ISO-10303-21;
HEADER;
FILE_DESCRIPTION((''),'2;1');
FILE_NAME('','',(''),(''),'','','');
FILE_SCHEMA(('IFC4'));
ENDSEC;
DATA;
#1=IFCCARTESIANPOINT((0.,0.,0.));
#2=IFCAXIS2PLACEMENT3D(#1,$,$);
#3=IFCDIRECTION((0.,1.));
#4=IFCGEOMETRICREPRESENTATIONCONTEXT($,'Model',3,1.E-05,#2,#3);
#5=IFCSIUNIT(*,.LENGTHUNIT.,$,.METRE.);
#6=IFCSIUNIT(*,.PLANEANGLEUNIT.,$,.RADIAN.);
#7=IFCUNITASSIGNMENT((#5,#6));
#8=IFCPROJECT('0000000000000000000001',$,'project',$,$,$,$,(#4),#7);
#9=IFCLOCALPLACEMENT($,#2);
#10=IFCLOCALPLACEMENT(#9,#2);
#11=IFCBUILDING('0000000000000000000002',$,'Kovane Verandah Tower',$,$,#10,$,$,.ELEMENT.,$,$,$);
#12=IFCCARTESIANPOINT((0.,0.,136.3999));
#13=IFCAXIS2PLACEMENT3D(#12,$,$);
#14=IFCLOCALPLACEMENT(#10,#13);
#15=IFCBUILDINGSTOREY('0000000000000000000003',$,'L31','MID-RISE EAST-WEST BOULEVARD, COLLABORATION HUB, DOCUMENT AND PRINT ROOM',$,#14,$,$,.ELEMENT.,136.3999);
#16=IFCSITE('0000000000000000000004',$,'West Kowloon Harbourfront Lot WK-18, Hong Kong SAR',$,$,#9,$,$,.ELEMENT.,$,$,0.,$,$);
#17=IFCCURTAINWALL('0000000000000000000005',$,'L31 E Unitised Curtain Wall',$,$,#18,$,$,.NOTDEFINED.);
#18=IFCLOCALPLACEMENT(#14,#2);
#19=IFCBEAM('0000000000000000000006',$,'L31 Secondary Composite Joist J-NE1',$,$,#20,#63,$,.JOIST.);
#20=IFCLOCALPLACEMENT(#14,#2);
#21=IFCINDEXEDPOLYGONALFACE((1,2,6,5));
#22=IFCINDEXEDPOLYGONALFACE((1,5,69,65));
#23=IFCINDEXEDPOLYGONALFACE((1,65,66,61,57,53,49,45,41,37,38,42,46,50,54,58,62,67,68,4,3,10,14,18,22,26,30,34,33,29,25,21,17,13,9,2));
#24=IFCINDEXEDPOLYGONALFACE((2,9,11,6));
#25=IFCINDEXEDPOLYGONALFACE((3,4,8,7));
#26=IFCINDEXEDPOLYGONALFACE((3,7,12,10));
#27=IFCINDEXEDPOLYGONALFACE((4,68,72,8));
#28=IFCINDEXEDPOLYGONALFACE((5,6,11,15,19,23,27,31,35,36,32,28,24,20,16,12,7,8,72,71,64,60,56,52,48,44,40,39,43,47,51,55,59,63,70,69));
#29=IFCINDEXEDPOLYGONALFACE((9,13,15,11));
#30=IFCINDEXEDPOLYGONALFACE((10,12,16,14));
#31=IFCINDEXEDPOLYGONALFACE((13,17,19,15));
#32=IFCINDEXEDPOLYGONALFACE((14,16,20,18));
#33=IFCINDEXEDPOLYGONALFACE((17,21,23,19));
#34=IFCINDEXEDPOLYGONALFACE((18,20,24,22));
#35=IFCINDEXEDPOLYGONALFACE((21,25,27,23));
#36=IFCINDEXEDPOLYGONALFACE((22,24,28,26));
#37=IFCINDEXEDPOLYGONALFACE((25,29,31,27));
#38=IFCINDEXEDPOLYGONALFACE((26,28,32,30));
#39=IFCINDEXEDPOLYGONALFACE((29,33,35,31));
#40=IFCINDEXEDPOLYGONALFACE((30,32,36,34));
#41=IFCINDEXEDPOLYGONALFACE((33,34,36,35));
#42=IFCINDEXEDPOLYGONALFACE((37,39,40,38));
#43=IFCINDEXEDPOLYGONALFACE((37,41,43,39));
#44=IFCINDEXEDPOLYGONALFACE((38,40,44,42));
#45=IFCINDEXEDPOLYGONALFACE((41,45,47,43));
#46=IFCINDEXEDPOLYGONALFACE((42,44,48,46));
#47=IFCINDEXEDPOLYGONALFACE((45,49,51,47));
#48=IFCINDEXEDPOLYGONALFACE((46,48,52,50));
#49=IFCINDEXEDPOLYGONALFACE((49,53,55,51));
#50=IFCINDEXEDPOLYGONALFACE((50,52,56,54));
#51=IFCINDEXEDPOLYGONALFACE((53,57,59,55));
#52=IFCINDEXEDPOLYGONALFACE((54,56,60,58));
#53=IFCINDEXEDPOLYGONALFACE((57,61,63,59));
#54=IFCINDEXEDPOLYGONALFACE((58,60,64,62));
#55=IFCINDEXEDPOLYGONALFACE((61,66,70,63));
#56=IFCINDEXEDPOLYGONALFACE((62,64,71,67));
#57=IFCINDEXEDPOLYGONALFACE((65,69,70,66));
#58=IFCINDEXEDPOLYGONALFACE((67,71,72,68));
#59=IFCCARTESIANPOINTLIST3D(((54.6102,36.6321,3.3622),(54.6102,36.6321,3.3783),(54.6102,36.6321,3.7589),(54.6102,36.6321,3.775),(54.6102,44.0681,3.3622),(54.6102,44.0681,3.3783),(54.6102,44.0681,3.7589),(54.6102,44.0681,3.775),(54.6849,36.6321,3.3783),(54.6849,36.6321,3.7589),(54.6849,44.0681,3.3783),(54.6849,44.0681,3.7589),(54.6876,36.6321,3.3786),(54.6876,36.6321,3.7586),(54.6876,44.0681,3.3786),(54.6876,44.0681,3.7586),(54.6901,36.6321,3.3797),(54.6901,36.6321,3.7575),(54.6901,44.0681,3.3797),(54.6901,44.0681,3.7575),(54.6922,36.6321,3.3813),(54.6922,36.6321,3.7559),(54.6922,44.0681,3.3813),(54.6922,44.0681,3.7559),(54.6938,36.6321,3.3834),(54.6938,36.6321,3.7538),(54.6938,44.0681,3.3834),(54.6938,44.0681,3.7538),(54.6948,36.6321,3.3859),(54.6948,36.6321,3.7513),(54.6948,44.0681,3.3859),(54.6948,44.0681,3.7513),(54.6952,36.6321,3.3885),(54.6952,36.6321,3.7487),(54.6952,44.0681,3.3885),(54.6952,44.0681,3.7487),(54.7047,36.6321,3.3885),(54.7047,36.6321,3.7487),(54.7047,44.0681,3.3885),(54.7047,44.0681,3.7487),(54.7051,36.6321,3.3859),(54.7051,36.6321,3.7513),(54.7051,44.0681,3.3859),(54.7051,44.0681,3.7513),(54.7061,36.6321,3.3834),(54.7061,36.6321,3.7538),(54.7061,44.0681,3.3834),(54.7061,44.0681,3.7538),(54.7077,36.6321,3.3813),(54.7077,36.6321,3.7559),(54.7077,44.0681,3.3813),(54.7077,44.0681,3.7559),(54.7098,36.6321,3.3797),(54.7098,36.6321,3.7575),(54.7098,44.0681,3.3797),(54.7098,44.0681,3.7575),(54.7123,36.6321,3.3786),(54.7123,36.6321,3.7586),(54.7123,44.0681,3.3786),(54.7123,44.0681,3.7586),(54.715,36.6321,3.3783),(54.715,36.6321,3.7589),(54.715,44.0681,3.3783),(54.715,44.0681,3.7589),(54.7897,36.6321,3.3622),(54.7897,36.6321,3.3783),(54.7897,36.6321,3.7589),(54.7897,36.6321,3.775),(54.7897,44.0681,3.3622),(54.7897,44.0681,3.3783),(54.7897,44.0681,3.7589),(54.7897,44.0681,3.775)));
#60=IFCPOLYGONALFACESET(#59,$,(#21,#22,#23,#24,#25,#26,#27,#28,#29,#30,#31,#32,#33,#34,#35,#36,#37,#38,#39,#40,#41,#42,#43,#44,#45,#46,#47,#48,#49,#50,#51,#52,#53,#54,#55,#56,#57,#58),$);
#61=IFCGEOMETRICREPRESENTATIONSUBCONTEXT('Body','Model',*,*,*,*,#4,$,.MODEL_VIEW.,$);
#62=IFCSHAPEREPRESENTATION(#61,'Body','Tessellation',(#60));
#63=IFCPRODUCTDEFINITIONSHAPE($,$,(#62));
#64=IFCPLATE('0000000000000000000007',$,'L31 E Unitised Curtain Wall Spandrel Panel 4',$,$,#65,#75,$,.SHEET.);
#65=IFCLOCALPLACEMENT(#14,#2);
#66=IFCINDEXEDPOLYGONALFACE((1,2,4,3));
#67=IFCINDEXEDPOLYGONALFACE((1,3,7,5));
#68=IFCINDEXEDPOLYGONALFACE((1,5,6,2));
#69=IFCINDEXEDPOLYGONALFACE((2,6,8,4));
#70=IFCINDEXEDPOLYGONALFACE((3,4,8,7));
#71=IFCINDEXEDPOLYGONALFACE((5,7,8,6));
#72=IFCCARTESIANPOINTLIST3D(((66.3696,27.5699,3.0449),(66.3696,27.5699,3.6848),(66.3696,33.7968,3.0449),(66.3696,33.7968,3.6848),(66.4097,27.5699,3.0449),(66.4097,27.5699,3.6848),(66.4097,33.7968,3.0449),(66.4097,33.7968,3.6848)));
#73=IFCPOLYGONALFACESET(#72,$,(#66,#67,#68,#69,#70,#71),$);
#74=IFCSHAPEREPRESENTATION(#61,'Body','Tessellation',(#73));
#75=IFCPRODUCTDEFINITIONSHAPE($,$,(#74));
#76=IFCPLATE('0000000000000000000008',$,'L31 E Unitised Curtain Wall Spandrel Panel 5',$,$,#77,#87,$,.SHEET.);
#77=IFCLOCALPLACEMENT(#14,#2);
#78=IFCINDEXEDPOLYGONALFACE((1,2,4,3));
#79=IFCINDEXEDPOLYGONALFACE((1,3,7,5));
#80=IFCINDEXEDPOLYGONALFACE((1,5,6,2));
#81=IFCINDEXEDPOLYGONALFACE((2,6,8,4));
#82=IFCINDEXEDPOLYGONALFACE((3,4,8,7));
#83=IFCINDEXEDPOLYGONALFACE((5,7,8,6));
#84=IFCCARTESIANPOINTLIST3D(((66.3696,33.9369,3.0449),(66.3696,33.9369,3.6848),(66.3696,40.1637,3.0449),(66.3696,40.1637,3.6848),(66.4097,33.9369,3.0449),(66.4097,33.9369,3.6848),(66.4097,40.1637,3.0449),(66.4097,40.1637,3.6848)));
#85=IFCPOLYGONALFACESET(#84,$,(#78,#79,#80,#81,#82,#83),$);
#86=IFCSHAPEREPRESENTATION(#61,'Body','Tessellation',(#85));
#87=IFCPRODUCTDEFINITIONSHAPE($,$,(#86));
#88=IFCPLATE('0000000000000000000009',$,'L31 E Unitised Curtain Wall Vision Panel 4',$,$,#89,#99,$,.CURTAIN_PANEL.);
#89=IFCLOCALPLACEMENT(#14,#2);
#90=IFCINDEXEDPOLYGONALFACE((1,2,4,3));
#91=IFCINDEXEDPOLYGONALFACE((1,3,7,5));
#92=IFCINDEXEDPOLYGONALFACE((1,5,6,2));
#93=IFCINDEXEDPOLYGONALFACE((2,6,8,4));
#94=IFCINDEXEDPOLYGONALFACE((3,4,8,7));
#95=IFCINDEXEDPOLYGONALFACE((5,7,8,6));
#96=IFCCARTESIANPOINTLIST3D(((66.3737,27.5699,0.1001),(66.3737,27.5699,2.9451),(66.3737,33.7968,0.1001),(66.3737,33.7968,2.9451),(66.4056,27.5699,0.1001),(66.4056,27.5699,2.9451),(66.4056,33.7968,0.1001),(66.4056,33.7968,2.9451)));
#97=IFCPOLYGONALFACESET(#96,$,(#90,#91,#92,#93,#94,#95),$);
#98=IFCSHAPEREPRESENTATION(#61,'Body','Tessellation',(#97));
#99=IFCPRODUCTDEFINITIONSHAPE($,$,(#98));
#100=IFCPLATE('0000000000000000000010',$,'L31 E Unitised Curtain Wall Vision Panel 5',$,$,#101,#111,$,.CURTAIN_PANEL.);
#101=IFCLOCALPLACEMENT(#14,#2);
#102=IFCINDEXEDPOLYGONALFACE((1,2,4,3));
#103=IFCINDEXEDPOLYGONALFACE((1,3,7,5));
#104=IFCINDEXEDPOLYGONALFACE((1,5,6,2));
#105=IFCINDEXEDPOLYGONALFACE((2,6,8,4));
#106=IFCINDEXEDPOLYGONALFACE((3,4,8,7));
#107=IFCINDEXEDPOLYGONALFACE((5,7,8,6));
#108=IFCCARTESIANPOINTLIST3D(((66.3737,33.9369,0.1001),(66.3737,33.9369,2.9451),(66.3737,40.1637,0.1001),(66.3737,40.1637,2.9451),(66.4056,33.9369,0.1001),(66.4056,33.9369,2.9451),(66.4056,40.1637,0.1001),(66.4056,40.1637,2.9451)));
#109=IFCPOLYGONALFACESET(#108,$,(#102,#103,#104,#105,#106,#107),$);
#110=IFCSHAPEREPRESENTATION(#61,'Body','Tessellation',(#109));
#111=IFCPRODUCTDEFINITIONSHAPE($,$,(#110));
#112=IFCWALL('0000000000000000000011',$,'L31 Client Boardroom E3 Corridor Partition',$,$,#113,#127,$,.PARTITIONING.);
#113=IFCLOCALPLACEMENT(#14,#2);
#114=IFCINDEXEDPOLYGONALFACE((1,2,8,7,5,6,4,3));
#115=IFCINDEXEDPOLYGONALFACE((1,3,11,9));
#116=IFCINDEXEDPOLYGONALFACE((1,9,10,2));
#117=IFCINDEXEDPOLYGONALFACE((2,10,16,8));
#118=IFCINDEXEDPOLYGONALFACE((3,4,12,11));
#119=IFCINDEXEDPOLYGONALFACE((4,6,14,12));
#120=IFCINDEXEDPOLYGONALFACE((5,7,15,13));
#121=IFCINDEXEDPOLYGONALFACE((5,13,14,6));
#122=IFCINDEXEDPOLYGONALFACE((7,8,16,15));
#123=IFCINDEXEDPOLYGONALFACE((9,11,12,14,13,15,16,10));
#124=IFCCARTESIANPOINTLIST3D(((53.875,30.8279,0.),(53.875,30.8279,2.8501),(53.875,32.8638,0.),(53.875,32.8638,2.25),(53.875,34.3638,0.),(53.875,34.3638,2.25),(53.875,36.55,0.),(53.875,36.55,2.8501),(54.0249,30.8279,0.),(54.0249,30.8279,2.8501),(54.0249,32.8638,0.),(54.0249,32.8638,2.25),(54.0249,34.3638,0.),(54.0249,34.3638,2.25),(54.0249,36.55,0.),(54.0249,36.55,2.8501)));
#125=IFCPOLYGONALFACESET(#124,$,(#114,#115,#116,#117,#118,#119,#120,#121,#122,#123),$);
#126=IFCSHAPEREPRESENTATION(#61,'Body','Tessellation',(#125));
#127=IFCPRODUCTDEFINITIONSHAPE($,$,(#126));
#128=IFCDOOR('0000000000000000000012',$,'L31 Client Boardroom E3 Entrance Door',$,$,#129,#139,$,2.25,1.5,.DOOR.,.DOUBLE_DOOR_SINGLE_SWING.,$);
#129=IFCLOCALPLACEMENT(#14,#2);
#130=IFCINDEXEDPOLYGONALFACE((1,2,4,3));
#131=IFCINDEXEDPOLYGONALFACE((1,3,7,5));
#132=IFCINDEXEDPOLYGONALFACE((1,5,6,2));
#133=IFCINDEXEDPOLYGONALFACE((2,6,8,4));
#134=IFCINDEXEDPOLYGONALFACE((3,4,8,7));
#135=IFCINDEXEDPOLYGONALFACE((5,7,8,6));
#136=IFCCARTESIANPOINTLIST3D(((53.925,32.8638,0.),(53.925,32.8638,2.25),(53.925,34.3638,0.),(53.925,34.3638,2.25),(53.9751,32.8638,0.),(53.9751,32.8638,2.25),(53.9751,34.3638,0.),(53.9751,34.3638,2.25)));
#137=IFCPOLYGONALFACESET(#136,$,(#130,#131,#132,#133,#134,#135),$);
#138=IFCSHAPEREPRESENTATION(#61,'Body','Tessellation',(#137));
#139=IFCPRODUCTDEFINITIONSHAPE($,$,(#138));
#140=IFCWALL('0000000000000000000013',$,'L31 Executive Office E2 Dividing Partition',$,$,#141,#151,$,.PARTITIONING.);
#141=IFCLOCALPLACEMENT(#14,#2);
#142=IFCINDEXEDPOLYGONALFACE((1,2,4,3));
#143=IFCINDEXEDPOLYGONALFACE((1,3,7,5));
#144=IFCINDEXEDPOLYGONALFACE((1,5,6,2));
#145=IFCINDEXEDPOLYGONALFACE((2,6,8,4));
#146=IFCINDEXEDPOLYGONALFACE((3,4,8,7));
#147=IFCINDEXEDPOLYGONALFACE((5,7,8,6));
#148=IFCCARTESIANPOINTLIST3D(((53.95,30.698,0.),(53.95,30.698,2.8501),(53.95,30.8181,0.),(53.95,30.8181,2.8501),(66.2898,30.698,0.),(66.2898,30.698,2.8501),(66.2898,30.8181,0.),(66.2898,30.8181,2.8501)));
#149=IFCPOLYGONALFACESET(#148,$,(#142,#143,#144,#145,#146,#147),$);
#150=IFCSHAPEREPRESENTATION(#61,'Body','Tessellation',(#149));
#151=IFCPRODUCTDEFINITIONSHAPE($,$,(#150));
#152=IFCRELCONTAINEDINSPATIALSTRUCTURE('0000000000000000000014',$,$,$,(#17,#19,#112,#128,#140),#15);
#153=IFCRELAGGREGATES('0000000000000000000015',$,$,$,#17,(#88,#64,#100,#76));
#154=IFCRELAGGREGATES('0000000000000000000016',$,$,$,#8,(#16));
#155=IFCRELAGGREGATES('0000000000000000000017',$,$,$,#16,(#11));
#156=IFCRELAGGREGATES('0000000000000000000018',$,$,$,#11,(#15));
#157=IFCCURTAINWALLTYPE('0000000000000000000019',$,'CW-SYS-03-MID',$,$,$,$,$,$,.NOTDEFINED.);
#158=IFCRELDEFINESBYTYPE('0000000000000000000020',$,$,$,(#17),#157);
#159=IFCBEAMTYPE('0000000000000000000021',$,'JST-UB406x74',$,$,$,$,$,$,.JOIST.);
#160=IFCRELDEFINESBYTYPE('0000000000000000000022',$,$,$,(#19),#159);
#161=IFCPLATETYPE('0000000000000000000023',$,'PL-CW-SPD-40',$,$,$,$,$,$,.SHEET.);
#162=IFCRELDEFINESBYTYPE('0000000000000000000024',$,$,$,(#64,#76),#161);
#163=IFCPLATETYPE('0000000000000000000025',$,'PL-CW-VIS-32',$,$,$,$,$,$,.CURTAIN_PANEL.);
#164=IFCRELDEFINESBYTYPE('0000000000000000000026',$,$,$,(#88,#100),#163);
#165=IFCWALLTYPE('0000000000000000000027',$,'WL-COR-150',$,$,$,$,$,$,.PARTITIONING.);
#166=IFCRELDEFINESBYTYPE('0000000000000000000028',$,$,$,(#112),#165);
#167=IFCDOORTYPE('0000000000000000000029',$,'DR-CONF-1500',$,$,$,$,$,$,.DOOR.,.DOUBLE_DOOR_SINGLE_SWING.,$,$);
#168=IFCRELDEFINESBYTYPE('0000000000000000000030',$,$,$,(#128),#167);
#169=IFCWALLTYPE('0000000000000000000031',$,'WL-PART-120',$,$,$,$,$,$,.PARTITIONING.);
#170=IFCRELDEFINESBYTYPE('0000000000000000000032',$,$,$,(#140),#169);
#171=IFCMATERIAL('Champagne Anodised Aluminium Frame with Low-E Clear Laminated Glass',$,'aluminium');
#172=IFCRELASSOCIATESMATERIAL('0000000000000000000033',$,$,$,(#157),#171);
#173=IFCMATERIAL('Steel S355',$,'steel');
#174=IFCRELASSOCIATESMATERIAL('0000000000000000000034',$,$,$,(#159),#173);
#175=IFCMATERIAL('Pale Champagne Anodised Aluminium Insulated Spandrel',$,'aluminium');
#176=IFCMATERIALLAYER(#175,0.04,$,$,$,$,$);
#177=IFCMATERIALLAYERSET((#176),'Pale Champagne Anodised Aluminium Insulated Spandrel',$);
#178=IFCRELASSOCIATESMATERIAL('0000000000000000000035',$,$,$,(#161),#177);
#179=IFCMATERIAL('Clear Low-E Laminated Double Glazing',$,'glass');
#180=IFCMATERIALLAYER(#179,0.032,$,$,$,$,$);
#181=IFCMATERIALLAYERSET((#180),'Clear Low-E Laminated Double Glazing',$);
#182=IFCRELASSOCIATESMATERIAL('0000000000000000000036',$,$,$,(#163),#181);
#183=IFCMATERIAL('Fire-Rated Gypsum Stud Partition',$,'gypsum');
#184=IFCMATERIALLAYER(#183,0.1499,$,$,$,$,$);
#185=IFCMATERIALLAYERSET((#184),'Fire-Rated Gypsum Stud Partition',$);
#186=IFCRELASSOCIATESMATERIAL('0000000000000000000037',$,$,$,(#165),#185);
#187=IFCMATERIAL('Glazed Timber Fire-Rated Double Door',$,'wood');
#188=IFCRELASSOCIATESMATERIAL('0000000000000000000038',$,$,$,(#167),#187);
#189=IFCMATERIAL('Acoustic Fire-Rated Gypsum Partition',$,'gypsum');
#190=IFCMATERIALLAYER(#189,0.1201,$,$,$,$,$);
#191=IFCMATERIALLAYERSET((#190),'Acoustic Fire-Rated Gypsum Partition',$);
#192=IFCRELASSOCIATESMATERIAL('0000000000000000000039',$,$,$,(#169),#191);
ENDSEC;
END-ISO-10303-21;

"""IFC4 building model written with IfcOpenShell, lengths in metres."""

from ifc_helpers import new_model, si_unit, direction, frame, frame_2d, origin, origin_2d, place, context, subcontext, project, spatial, rectangle, i_section, extrude, material, layer, layer_set, material_profile, profile_set, type_object, element, fill, aggregate, save


model = new_model("IFC4")

# Units and contexts
model_context = context("Model", 3, precision=1e-05, world=origin(), true_north=direction((0.0, 1.0)))
body_context = subcontext(model_context, "Body", "Model", "MODEL_VIEW")
ifc_project = project(units=[si_unit("LENGTHUNIT", "METRE"), si_unit("PLANEANGLEUNIT", "RADIAN")], contexts=[model_context])

# Site, building, storey
site_placement = place(None, origin())
site = spatial("IfcSite", under=ifc_project, at=site_placement, Name="West Kowloon Harbourfront Lot WK-18, Hong Kong SAR", CompositionType="ELEMENT", RefElevation=0.0)
building_placement = place(site_placement, origin())
building = spatial("IfcBuilding", under=site, at=building_placement, Name="Kovane Verandah Tower", CompositionType="ELEMENT")
storey_placement = place(building_placement, frame((0.0, 0.0, 136.3999)))
storey = spatial("IfcBuildingStorey", under=building, at=storey_placement, Name="L31", Description="MID-RISE EAST-WEST BOULEVARD, COLLABORATION HUB, DOCUMENT AND PRINT ROOM", CompositionType="ELEMENT", Elevation=136.3999)

# Shared definitions
ifc_material_1 = material(Name="Steel S355", Category="steel")

# Curtain wall
ifc_material_2 = material(Name="Champagne Anodised Aluminium Frame with Low-E Clear Laminated Glass", Category="aluminium")
curtain_wall_type = type_object("IfcCurtainWallType", Name="CW-SYS-03-MID", PredefinedType="NOTDEFINED", material=ifc_material_2)
curtain_wall_placement = place(storey_placement, origin())
curtain_wall = element("IfcCurtainWall", 1, at=curtain_wall_placement, inside=storey, type_object=curtain_wall_type, Name="L31 E Unitised Curtain Wall", PredefinedType="NOTDEFINED")

# Beam
ifc_material_profile_1 = material_profile(ifc_material_1, i_section(OverallWidth=0.1794, OverallDepth=0.4128, WebThickness=0.0095, FlangeThickness=0.0161, FilletRadius=0.0103, at=origin_2d()), Name="UB406x178x74")
ifc_profile_set_1 = profile_set([ifc_material_profile_1], Name="Steel S355")
beam_type_1 = type_object("IfcBeamType", Name="JST-UB406x74", PredefinedType="JOIST", material=ifc_profile_set_1)
beam_1_placement = place(storey_placement, frame((54.7, 36.6321, 3.5686), z_axis=(0.0, 1.0, 0.0), x_axis=(-1.0, 0.0, 0.0)))
element("IfcBeam", 2, at=beam_1_placement, inside=storey, type_object=beam_type_1, Name="L31 Secondary Composite Joist J-NE1", PredefinedType="JOIST", context=body_context, shape_type="SweptSolid", body=[
    extrude(i_section(OverallWidth=0.1794, OverallDepth=0.4128, WebThickness=0.0095, FlangeThickness=0.0161, FilletRadius=0.0103, at=origin_2d()), origin(), (0.0, 0.0, 1.0), 7.436),
])

# Plates
ifc_material_3 = material(Name="Pale Champagne Anodised Aluminium Insulated Spandrel", Category="aluminium")
ifc_layer_1 = layer(ifc_material_3, 0.04)
ifc_layer_set_1 = layer_set([ifc_layer_1], Name="Pale Champagne Anodised Aluminium Insulated Spandrel")
plate_type_1 = type_object("IfcPlateType", Name="PL-CW-SPD-40", PredefinedType="SHEET", material=ifc_layer_set_1)
plate_1_placement = place(storey_placement, frame((66.3896, 30.6833, 3.0449), z_axis=(0.0, 0.0, 1.0), x_axis=(0.0, 1.0, 0.0)))
plate_1 = element("IfcPlate", 3, at=plate_1_placement, type_object=plate_type_1, Name="L31 E Unitised Curtain Wall Spandrel Panel 4", PredefinedType="SHEET", context=body_context, shape_type="SweptSolid", body=[
    extrude(rectangle(XDim=6.2268, YDim=0.04, at=origin_2d()), origin(), (0.0, 0.0, 1.0), 0.6399),
])
plate_2_placement = place(storey_placement, frame((66.3896, 37.0503, 3.0449), z_axis=(0.0, 0.0, 1.0), x_axis=(0.0, 1.0, 0.0)))
plate_2 = element("IfcPlate", 4, at=plate_2_placement, type_object=plate_type_1, Name="L31 E Unitised Curtain Wall Spandrel Panel 5", PredefinedType="SHEET", context=body_context, shape_type="SweptSolid", body=[
    extrude(rectangle(XDim=6.2268, YDim=0.04, at=origin_2d()), origin(), (0.0, 0.0, 1.0), 0.6399),
])
ifc_material_4 = material(Name="Clear Low-E Laminated Double Glazing", Category="glass")
ifc_layer_2 = layer(ifc_material_4, 0.032)
ifc_layer_set_2 = layer_set([ifc_layer_2], Name="Clear Low-E Laminated Double Glazing")
plate_type_2 = type_object("IfcPlateType", Name="PL-CW-VIS-32", PredefinedType="CURTAIN_PANEL", material=ifc_layer_set_2)
plate_3_placement = place(storey_placement, frame((66.3896, 30.6833, 0.1001), z_axis=(0.0, 0.0, 1.0), x_axis=(0.0, 1.0, 0.0)))
plate_3 = element("IfcPlate", 5, at=plate_3_placement, type_object=plate_type_2, Name="L31 E Unitised Curtain Wall Vision Panel 4", PredefinedType="CURTAIN_PANEL", context=body_context, shape_type="SweptSolid", body=[
    extrude(rectangle(XDim=6.2268, YDim=0.032, at=origin_2d()), origin(), (0.0, 0.0, 1.0), 2.845),
])
plate_4_placement = place(storey_placement, frame((66.3896, 37.0503, 0.1001), z_axis=(0.0, 0.0, 1.0), x_axis=(0.0, 1.0, 0.0)))
plate_4 = element("IfcPlate", 6, at=plate_4_placement, type_object=plate_type_2, Name="L31 E Unitised Curtain Wall Vision Panel 5", PredefinedType="CURTAIN_PANEL", context=body_context, shape_type="SweptSolid", body=[
    extrude(rectangle(XDim=6.2268, YDim=0.032, at=origin_2d()), origin(), (0.0, 0.0, 1.0), 2.845),
])
aggregate(curtain_wall, [plate_3, plate_1, plate_4, plate_2])

# Wall, opening, door
ifc_material_5 = material(Name="Fire-Rated Gypsum Stud Partition", Category="gypsum")
ifc_layer_3 = layer(ifc_material_5, 0.1499)
ifc_layer_set_3 = layer_set([ifc_layer_3], Name="Fire-Rated Gypsum Stud Partition")
wall_type_1 = type_object("IfcWallType", Name="WL-COR-150", PredefinedType="PARTITIONING", material=ifc_layer_set_3)
wall_1_placement = place(storey_placement, frame((53.95, 30.8279, 0.0), z_axis=(0.0, 0.0, 1.0), x_axis=(0.0, 1.0, 0.0)))
wall_1 = element("IfcWall", 7, at=wall_1_placement, inside=storey, type_object=wall_type_1, Name="L31 Client Boardroom E3 Corridor Partition", PredefinedType="PARTITIONING", context=body_context, shape_type="SweptSolid", body=[
    extrude(rectangle(XDim=5.7222, YDim=0.1499, at=frame_2d((2.8611, 0.0))), origin(), (0.0, 0.0, 1.0), 2.8501),
])
opening_placement = place(wall_1_placement, frame((2.0359, 0.0, 0.0)))
opening = element("IfcOpeningElement", 8, at=opening_placement, cuts=wall_1, PredefinedType="OPENING", context=body_context, shape_type="SweptSolid", body=[
    extrude(rectangle(XDim=1.5, YDim=2.25, at=frame_2d((0.75, 1.125))), frame((0.0, 0.075, 0.0), z_axis=(0.0, -1.0, 0.0), x_axis=(1.0, 0.0, 0.0)), (0.0, 0.0, 1.0), 0.1499),
])
ifc_material_6 = material(Name="Glazed Timber Fire-Rated Double Door", Category="wood")
door_type = type_object("IfcDoorType", Name="DR-CONF-1500", OperationType="DOUBLE_DOOR_SINGLE_SWING", PredefinedType="DOOR", material=ifc_material_6)
door_placement = place(opening_placement, origin())
door = element("IfcDoor", 9, at=door_placement, inside=storey, type_object=door_type, Name="L31 Client Boardroom E3 Entrance Door", OperationType="DOUBLE_DOOR_SINGLE_SWING", OverallHeight=2.25, OverallWidth=1.5, PredefinedType="DOOR", context=body_context, shape_type="SweptSolid", body=[
    extrude(rectangle(XDim=1.5, YDim=2.25, at=frame_2d((0.75, 1.125))), frame((0.0, 0.0249, 0.0), z_axis=(0.0, -1.0, 0.0), x_axis=(1.0, 0.0, 0.0)), (0.0, 0.0, 1.0), 0.05),
])
fill(opening, door)

# Wall
ifc_material_7 = material(Name="Acoustic Fire-Rated Gypsum Partition", Category="gypsum")
ifc_layer_4 = layer(ifc_material_7, 0.1201)
ifc_layer_set_4 = layer_set([ifc_layer_4], Name="Acoustic Fire-Rated Gypsum Partition")
wall_type_2 = type_object("IfcWallType", Name="WL-PART-120", PredefinedType="PARTITIONING", material=ifc_layer_set_4)
wall_2_placement = place(storey_placement, frame((53.95, 30.7581, 0.0), z_axis=(0.0, 0.0, 1.0), x_axis=(1.0, 0.0, 0.0)))
element("IfcWall", 10, at=wall_2_placement, inside=storey, type_object=wall_type_2, Name="L31 Executive Office E2 Dividing Partition", PredefinedType="PARTITIONING", context=body_context, shape_type="SweptSolid", body=[
    extrude(rectangle(XDim=12.3398, YDim=0.1201, at=frame_2d((6.1699, 0.0))), origin(), (0.0, 0.0, 1.0), 2.8501),
])

save(model, "model.ifc")
